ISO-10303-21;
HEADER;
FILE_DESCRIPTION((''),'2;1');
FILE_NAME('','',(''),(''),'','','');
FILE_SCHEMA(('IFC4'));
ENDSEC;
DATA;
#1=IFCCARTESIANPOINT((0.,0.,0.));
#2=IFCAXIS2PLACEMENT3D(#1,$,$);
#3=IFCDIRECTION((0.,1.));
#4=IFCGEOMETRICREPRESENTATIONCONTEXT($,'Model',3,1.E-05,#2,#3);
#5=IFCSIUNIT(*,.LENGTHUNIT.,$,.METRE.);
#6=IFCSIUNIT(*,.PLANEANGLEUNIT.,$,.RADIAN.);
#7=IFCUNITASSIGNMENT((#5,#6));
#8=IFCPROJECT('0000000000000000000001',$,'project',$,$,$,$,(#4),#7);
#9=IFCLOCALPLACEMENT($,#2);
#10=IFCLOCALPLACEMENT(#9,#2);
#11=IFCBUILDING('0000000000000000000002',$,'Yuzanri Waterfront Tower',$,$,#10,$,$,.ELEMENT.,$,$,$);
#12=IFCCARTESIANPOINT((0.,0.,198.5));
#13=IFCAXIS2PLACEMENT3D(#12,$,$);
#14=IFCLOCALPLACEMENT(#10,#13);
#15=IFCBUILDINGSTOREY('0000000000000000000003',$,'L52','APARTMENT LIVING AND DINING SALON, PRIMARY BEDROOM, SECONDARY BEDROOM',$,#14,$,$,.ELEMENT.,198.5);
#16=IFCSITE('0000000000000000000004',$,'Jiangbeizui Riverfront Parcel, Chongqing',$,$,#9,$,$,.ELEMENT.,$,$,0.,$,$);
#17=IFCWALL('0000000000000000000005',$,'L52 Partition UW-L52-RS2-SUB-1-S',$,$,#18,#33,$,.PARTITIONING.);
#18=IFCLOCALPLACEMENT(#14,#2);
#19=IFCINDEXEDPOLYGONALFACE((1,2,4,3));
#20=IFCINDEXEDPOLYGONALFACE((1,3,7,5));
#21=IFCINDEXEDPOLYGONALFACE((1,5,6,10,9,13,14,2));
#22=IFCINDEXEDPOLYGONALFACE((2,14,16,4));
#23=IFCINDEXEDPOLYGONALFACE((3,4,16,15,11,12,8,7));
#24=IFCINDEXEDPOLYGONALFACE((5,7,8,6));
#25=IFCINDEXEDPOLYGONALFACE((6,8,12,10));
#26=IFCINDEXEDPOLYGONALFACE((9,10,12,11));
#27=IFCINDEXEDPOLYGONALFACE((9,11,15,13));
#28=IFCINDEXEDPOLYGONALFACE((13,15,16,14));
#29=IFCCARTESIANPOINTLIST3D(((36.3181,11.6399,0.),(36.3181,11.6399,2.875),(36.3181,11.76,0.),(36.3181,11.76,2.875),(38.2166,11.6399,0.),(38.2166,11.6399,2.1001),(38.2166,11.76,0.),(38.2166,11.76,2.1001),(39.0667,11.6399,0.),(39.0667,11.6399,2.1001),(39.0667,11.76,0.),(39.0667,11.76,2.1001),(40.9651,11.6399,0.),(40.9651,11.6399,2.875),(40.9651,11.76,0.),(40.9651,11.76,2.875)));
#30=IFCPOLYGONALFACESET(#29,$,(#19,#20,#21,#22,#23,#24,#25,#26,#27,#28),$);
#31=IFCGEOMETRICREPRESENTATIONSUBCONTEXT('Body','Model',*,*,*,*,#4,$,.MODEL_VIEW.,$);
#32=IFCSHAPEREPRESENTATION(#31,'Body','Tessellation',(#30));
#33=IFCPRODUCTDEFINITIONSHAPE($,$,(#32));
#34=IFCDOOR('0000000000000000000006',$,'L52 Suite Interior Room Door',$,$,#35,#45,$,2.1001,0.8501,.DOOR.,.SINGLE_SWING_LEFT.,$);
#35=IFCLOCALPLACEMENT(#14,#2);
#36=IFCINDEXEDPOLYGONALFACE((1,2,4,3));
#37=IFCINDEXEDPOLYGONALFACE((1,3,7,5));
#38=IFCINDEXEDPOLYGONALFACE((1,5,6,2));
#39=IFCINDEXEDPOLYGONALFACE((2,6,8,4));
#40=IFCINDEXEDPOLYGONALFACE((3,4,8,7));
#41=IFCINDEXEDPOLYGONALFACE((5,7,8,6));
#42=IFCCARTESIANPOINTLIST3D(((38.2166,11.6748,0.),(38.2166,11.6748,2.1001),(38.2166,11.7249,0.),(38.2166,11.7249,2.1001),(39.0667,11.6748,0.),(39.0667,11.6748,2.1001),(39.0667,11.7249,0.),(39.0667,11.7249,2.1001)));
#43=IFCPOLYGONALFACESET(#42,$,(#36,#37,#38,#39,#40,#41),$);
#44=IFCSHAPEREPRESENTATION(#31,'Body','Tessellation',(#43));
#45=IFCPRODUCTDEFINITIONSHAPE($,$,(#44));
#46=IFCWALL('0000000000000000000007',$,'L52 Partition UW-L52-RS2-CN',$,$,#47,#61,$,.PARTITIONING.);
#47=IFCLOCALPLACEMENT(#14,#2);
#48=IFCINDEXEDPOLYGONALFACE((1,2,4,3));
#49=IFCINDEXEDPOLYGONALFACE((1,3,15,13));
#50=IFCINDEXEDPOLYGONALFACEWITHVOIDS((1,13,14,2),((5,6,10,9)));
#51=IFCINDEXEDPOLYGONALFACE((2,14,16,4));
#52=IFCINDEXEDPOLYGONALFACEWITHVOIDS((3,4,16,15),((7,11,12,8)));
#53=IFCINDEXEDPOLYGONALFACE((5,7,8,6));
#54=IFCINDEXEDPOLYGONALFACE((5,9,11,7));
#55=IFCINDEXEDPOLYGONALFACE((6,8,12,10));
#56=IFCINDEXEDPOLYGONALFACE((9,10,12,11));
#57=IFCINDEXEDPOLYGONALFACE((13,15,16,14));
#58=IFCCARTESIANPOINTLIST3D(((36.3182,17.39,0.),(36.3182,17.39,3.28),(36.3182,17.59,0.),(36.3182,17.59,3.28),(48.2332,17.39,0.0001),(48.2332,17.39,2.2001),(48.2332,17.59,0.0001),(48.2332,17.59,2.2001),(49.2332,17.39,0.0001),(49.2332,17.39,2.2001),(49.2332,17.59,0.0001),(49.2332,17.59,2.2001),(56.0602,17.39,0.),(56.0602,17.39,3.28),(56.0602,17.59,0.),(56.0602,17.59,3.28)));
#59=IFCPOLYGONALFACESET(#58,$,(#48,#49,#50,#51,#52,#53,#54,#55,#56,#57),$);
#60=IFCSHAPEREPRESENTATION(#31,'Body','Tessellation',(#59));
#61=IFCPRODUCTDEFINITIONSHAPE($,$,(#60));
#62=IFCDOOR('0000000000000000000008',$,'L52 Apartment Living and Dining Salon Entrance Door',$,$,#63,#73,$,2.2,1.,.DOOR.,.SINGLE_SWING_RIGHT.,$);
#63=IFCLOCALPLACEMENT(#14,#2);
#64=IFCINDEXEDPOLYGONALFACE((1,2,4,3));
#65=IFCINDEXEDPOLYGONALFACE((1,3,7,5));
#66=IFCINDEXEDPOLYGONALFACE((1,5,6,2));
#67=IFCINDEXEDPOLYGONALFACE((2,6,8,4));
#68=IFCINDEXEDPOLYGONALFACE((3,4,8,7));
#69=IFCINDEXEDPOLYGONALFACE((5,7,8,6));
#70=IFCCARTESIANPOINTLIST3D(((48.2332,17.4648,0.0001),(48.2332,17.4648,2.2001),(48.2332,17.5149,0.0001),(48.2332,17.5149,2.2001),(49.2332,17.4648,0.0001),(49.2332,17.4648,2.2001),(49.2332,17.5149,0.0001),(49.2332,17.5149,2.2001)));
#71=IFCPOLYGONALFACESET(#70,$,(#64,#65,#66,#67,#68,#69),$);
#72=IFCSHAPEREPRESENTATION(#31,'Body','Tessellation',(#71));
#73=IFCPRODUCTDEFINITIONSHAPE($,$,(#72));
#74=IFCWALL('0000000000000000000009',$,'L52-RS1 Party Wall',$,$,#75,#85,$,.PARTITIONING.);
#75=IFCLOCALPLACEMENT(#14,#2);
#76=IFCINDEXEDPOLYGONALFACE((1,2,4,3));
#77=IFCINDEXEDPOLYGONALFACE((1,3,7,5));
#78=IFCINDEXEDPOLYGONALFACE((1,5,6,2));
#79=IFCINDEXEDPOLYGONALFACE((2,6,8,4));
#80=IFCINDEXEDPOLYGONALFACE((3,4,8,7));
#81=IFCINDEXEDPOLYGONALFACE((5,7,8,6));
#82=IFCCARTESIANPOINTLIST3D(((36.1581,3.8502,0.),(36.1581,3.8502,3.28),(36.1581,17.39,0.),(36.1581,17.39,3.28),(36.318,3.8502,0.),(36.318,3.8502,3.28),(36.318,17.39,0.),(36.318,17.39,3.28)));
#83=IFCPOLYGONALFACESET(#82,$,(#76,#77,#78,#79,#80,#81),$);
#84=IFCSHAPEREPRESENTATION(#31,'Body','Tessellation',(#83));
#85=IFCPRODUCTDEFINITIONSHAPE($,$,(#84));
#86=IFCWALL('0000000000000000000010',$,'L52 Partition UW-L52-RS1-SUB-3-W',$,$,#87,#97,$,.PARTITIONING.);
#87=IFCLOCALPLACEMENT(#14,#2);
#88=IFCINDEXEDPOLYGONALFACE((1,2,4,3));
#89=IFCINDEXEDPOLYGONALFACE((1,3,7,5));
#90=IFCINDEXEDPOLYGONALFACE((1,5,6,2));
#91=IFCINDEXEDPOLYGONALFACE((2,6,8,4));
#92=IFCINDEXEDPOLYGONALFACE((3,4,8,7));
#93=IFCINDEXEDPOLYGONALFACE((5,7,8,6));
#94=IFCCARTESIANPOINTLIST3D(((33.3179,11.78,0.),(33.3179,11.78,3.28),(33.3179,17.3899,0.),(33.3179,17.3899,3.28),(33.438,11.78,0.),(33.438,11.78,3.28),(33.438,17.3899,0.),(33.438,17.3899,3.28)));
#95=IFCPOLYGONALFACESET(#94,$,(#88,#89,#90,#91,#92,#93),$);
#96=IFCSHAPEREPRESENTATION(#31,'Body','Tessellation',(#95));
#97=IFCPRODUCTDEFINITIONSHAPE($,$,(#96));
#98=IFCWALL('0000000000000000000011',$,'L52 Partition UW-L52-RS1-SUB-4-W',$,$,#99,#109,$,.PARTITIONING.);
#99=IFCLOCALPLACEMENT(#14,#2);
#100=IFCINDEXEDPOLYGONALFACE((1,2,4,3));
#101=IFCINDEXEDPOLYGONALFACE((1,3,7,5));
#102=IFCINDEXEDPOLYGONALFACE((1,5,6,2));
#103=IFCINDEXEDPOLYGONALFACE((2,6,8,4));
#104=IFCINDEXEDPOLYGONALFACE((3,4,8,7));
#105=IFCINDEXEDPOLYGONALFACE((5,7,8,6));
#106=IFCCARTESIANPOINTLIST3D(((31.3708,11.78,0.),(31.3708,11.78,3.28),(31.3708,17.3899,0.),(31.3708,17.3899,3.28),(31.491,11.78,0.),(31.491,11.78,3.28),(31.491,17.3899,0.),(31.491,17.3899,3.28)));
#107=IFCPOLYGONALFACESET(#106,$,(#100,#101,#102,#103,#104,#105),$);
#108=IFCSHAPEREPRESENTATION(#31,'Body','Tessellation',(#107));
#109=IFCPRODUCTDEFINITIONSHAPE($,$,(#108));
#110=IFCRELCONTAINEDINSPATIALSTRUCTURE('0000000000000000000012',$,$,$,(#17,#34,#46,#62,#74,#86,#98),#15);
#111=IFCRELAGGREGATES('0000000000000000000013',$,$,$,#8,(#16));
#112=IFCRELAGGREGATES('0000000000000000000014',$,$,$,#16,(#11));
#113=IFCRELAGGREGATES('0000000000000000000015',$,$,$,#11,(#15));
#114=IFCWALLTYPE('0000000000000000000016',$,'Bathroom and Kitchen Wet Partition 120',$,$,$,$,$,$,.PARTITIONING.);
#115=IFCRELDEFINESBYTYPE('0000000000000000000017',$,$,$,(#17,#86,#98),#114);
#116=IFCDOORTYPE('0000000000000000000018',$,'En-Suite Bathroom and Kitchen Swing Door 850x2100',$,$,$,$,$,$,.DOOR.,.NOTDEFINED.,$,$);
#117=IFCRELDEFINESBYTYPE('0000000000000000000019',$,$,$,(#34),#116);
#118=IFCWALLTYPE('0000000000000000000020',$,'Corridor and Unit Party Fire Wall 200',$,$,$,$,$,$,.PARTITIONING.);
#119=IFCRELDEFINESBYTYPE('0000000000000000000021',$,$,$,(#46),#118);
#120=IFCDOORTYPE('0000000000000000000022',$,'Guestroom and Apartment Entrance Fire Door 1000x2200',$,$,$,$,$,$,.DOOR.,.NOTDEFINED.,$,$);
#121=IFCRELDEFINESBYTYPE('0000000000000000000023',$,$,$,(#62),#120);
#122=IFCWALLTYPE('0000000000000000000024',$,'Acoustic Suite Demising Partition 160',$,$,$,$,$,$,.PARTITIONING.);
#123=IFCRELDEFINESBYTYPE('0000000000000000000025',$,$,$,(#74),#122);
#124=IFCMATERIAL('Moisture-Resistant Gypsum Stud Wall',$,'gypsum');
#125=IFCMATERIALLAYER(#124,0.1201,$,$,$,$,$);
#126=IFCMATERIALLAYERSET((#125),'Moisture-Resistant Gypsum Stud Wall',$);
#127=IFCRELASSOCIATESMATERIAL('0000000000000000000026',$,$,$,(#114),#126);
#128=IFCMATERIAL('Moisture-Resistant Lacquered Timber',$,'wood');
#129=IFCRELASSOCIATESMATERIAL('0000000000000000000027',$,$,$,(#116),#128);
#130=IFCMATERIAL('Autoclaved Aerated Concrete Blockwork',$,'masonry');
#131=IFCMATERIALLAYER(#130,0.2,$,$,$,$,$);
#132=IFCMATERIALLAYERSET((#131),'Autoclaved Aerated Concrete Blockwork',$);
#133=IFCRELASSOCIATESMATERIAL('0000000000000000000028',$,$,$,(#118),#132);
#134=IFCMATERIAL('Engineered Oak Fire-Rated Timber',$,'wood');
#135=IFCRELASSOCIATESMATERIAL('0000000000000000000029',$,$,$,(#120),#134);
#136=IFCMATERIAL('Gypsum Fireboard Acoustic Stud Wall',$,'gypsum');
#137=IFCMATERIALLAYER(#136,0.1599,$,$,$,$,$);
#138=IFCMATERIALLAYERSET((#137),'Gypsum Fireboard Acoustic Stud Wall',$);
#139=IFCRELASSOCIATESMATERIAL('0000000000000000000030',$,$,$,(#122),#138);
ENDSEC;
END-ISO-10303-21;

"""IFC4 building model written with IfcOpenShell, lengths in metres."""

from ifc_helpers import new_model, si_unit, direction, frame, frame_2d, origin, place, context, subcontext, project, spatial, rectangle, extrude, source, transform, mapped, material, layer, layer_set, type_object, element, fill, save


model = new_model("IFC4")

# Units and contexts
model_context = context("Model", 3, precision=1e-05, world=origin(), true_north=direction((0.0, 1.0)))
body_context = subcontext(model_context, "Body", "Model", "MODEL_VIEW")
ifc_project = project(units=[si_unit("LENGTHUNIT", "METRE"), si_unit("PLANEANGLEUNIT", "RADIAN")], contexts=[model_context])

# Site, building, storey
site_placement = place(None, origin())
site = spatial("IfcSite", under=ifc_project, at=site_placement, Name="Jiangbeizui Riverfront Parcel, Chongqing", CompositionType="ELEMENT", RefElevation=0.0)
building_placement = place(site_placement, origin())
building = spatial("IfcBuilding", under=site, at=building_placement, Name="Yuzanri Waterfront Tower", CompositionType="ELEMENT")
storey_placement = place(building_placement, frame((0.0, 0.0, 198.5)))
storey = spatial("IfcBuildingStorey", under=building, at=storey_placement, Name="L52", Description="APARTMENT LIVING AND DINING SALON, PRIMARY BEDROOM, SECONDARY BEDROOM", CompositionType="ELEMENT", Elevation=198.5)

# Shared definitions
ifc_material_1 = material(Name="Moisture-Resistant Gypsum Stud Wall", Category="gypsum")
ifc_layer_1 = layer(ifc_material_1, 0.1201)
ifc_layer_set_1 = layer_set([ifc_layer_1], Name="Moisture-Resistant Gypsum Stud Wall")
wall_type_1 = type_object("IfcWallType", Name="Bathroom and Kitchen Wet Partition 120", PredefinedType="PARTITIONING", material=ifc_layer_set_1)
ifc_material_2 = material(Name="Moisture-Resistant Lacquered Timber", Category="wood")
door_type_1 = type_object("IfcDoorType", Name="En-Suite Bathroom and Kitchen Swing Door 850x2100", OperationType="NOTDEFINED", PredefinedType="DOOR", material=ifc_material_2)
shared_shape_1 = source(origin(), body_context, "Body", "SweptSolid", [
    extrude(rectangle(XDim=0.8501, YDim=2.1001, at=frame_2d((0.425, 1.05))), frame((0.0, 0.0249, 0.0), z_axis=(0.0, -1.0, 0.0), x_axis=(1.0, 0.0, 0.0)), (0.0, 0.0, 1.0), 0.05),
])

# Walls, openings, doors
wall_1_placement = place(storey_placement, frame((36.3181, 11.7, 0.0), z_axis=(0.0, 0.0, 1.0), x_axis=(1.0, 0.0, 0.0)))
wall_1 = element("IfcWall", 1, at=wall_1_placement, inside=storey, type_object=wall_type_1, Name="L52 Partition UW-L52-RS2-SUB-1-S", PredefinedType="PARTITIONING", context=body_context, shape_type="SweptSolid", body=[
    extrude(rectangle(XDim=4.647, YDim=0.1201, at=frame_2d((2.3235, 0.0))), origin(), (0.0, 0.0, 1.0), 2.875),
])
opening_1_placement = place(wall_1_placement, frame((1.8984, 0.0, 0.0)))
opening_1 = element("IfcOpeningElement", 2, at=opening_1_placement, cuts=wall_1, PredefinedType="OPENING", context=body_context, shape_type="SweptSolid", body=[
    extrude(rectangle(XDim=0.8501, YDim=2.1001, at=frame_2d((0.425, 1.05))), frame((0.0, 0.075, 0.0), z_axis=(0.0, -1.0, 0.0), x_axis=(1.0, 0.0, 0.0)), (0.0, 0.0, 1.0), 0.1499),
])
door_1_placement = place(opening_1_placement, origin())
door_1 = element("IfcDoor", 3, at=door_1_placement, inside=storey, type_object=door_type_1, Name="L52 Suite Interior Room Door", OperationType="SINGLE_SWING_LEFT", OverallHeight=2.1001, OverallWidth=0.8501, PredefinedType="DOOR", context=body_context, shape_type="MappedRepresentation", body=[
    mapped(shared_shape_1, transform((0.0, 0.0, 0.0), scale=1.0)),
])
fill(opening_1, door_1)
ifc_material_3 = material(Name="Autoclaved Aerated Concrete Blockwork", Category="masonry")
ifc_layer_2 = layer(ifc_material_3, 0.2)
ifc_layer_set_2 = layer_set([ifc_layer_2], Name="Autoclaved Aerated Concrete Blockwork")
wall_type_2 = type_object("IfcWallType", Name="Corridor and Unit Party Fire Wall 200", PredefinedType="PARTITIONING", material=ifc_layer_set_2)
wall_2_placement = place(storey_placement, frame((36.3181, 17.49, 0.0), z_axis=(0.0, 0.0, 1.0), x_axis=(1.0, 0.0, 0.0)))
wall_2 = element("IfcWall", 4, at=wall_2_placement, inside=storey, type_object=wall_type_2, Name="L52 Partition UW-L52-RS2-CN", PredefinedType="PARTITIONING", context=body_context, shape_type="SweptSolid", body=[
    extrude(rectangle(XDim=19.7419, YDim=0.2, at=frame_2d((9.8711, 0.0))), origin(), (0.0, 0.0, 1.0), 3.28),
])
opening_2_placement = place(wall_2_placement, frame((11.915, 0.0, 0.0)))
opening_2 = element("IfcOpeningElement", 5, at=opening_2_placement, cuts=wall_2, PredefinedType="OPENING", context=body_context, shape_type="SweptSolid", body=[
    extrude(rectangle(XDim=1.0, YDim=2.2, at=frame_2d((0.5, 1.1001))), frame((0.0, 0.1147, 0.0), z_axis=(0.0, -1.0, 0.0), x_axis=(1.0, 0.0, 0.0)), (0.0, 0.0, 1.0), 0.2297),
])
ifc_material_4 = material(Name="Engineered Oak Fire-Rated Timber", Category="wood")
door_type_2 = type_object("IfcDoorType", Name="Guestroom and Apartment Entrance Fire Door 1000x2200", OperationType="NOTDEFINED", PredefinedType="DOOR", material=ifc_material_4)
shared_shape_2 = source(origin(), body_context, "Body", "SweptSolid", [
    extrude(rectangle(XDim=1.0, YDim=2.2, at=frame_2d((0.5, 1.1001))), frame((0.0, 0.0249, 0.0), z_axis=(0.0, -1.0, 0.0), x_axis=(1.0, 0.0, 0.0)), (0.0, 0.0, 1.0), 0.05),
])
door_2_placement = place(opening_2_placement, origin())
door_2 = element("IfcDoor", 6, at=door_2_placement, inside=storey, type_object=door_type_2, Name="L52 Apartment Living and Dining Salon Entrance Door", OperationType="SINGLE_SWING_RIGHT", OverallHeight=2.2, OverallWidth=1.0, PredefinedType="DOOR", context=body_context, shape_type="MappedRepresentation", body=[
    mapped(shared_shape_2, transform((0.0, 0.0, 0.0), scale=1.0)),
])
fill(opening_2, door_2)

# Walls
ifc_material_5 = material(Name="Gypsum Fireboard Acoustic Stud Wall", Category="gypsum")
ifc_layer_3 = layer(ifc_material_5, 0.1599)
ifc_layer_set_3 = layer_set([ifc_layer_3], Name="Gypsum Fireboard Acoustic Stud Wall")
wall_type_3 = type_object("IfcWallType", Name="Acoustic Suite Demising Partition 160", PredefinedType="PARTITIONING", material=ifc_layer_set_3)
shared_shape_3 = source(origin(), body_context, "Body", "SweptSolid", [
    extrude(rectangle(XDim=13.5398, YDim=0.1599, at=frame_2d((6.77, 0.0))), origin(), (0.0, 0.0, 1.0), 3.28),
])
wall_3_placement = place(storey_placement, frame((36.238, 3.8501, 0.0), z_axis=(0.0, 0.0, 1.0), x_axis=(0.0, 1.0, 0.0)))
element("IfcWall", 7, at=wall_3_placement, inside=storey, type_object=wall_type_3, Name="L52-RS1 Party Wall", PredefinedType="PARTITIONING", context=body_context, shape_type="MappedRepresentation", body=[
    mapped(shared_shape_3, transform((0.0, 0.0, 0.0), scale=1.0)),
])
shared_shape_4 = source(origin(), body_context, "Body", "SweptSolid", [
    extrude(rectangle(XDim=5.6099, YDim=0.1201, at=frame_2d((2.8049, 0.0))), origin(), (0.0, 0.0, 1.0), 3.28),
])
for number, where, z_axis, x_axis, name in (
    (8, (33.3779, 11.78, 0.0), (0.0, 0.0, 1.0), (0.0, 1.0, 0.0), "L52 Partition UW-L52-RS1-SUB-3-W"),
    (9, (31.4309, 11.78, 0.0), (0.0, 0.0, 1.0), (0.0, 1.0, 0.0), "L52 Partition UW-L52-RS1-SUB-4-W"),
):
    element("IfcWall", number, at=place(storey_placement, frame(where, z_axis=z_axis, x_axis=x_axis)), inside=storey, type_object=wall_type_1, Name=name, PredefinedType="PARTITIONING", context=body_context, shape_type="MappedRepresentation", body=[
        mapped(shared_shape_4, transform((0.0, 0.0, 0.0), scale=1.0)),
    ])

save(model, "model.ifc")
